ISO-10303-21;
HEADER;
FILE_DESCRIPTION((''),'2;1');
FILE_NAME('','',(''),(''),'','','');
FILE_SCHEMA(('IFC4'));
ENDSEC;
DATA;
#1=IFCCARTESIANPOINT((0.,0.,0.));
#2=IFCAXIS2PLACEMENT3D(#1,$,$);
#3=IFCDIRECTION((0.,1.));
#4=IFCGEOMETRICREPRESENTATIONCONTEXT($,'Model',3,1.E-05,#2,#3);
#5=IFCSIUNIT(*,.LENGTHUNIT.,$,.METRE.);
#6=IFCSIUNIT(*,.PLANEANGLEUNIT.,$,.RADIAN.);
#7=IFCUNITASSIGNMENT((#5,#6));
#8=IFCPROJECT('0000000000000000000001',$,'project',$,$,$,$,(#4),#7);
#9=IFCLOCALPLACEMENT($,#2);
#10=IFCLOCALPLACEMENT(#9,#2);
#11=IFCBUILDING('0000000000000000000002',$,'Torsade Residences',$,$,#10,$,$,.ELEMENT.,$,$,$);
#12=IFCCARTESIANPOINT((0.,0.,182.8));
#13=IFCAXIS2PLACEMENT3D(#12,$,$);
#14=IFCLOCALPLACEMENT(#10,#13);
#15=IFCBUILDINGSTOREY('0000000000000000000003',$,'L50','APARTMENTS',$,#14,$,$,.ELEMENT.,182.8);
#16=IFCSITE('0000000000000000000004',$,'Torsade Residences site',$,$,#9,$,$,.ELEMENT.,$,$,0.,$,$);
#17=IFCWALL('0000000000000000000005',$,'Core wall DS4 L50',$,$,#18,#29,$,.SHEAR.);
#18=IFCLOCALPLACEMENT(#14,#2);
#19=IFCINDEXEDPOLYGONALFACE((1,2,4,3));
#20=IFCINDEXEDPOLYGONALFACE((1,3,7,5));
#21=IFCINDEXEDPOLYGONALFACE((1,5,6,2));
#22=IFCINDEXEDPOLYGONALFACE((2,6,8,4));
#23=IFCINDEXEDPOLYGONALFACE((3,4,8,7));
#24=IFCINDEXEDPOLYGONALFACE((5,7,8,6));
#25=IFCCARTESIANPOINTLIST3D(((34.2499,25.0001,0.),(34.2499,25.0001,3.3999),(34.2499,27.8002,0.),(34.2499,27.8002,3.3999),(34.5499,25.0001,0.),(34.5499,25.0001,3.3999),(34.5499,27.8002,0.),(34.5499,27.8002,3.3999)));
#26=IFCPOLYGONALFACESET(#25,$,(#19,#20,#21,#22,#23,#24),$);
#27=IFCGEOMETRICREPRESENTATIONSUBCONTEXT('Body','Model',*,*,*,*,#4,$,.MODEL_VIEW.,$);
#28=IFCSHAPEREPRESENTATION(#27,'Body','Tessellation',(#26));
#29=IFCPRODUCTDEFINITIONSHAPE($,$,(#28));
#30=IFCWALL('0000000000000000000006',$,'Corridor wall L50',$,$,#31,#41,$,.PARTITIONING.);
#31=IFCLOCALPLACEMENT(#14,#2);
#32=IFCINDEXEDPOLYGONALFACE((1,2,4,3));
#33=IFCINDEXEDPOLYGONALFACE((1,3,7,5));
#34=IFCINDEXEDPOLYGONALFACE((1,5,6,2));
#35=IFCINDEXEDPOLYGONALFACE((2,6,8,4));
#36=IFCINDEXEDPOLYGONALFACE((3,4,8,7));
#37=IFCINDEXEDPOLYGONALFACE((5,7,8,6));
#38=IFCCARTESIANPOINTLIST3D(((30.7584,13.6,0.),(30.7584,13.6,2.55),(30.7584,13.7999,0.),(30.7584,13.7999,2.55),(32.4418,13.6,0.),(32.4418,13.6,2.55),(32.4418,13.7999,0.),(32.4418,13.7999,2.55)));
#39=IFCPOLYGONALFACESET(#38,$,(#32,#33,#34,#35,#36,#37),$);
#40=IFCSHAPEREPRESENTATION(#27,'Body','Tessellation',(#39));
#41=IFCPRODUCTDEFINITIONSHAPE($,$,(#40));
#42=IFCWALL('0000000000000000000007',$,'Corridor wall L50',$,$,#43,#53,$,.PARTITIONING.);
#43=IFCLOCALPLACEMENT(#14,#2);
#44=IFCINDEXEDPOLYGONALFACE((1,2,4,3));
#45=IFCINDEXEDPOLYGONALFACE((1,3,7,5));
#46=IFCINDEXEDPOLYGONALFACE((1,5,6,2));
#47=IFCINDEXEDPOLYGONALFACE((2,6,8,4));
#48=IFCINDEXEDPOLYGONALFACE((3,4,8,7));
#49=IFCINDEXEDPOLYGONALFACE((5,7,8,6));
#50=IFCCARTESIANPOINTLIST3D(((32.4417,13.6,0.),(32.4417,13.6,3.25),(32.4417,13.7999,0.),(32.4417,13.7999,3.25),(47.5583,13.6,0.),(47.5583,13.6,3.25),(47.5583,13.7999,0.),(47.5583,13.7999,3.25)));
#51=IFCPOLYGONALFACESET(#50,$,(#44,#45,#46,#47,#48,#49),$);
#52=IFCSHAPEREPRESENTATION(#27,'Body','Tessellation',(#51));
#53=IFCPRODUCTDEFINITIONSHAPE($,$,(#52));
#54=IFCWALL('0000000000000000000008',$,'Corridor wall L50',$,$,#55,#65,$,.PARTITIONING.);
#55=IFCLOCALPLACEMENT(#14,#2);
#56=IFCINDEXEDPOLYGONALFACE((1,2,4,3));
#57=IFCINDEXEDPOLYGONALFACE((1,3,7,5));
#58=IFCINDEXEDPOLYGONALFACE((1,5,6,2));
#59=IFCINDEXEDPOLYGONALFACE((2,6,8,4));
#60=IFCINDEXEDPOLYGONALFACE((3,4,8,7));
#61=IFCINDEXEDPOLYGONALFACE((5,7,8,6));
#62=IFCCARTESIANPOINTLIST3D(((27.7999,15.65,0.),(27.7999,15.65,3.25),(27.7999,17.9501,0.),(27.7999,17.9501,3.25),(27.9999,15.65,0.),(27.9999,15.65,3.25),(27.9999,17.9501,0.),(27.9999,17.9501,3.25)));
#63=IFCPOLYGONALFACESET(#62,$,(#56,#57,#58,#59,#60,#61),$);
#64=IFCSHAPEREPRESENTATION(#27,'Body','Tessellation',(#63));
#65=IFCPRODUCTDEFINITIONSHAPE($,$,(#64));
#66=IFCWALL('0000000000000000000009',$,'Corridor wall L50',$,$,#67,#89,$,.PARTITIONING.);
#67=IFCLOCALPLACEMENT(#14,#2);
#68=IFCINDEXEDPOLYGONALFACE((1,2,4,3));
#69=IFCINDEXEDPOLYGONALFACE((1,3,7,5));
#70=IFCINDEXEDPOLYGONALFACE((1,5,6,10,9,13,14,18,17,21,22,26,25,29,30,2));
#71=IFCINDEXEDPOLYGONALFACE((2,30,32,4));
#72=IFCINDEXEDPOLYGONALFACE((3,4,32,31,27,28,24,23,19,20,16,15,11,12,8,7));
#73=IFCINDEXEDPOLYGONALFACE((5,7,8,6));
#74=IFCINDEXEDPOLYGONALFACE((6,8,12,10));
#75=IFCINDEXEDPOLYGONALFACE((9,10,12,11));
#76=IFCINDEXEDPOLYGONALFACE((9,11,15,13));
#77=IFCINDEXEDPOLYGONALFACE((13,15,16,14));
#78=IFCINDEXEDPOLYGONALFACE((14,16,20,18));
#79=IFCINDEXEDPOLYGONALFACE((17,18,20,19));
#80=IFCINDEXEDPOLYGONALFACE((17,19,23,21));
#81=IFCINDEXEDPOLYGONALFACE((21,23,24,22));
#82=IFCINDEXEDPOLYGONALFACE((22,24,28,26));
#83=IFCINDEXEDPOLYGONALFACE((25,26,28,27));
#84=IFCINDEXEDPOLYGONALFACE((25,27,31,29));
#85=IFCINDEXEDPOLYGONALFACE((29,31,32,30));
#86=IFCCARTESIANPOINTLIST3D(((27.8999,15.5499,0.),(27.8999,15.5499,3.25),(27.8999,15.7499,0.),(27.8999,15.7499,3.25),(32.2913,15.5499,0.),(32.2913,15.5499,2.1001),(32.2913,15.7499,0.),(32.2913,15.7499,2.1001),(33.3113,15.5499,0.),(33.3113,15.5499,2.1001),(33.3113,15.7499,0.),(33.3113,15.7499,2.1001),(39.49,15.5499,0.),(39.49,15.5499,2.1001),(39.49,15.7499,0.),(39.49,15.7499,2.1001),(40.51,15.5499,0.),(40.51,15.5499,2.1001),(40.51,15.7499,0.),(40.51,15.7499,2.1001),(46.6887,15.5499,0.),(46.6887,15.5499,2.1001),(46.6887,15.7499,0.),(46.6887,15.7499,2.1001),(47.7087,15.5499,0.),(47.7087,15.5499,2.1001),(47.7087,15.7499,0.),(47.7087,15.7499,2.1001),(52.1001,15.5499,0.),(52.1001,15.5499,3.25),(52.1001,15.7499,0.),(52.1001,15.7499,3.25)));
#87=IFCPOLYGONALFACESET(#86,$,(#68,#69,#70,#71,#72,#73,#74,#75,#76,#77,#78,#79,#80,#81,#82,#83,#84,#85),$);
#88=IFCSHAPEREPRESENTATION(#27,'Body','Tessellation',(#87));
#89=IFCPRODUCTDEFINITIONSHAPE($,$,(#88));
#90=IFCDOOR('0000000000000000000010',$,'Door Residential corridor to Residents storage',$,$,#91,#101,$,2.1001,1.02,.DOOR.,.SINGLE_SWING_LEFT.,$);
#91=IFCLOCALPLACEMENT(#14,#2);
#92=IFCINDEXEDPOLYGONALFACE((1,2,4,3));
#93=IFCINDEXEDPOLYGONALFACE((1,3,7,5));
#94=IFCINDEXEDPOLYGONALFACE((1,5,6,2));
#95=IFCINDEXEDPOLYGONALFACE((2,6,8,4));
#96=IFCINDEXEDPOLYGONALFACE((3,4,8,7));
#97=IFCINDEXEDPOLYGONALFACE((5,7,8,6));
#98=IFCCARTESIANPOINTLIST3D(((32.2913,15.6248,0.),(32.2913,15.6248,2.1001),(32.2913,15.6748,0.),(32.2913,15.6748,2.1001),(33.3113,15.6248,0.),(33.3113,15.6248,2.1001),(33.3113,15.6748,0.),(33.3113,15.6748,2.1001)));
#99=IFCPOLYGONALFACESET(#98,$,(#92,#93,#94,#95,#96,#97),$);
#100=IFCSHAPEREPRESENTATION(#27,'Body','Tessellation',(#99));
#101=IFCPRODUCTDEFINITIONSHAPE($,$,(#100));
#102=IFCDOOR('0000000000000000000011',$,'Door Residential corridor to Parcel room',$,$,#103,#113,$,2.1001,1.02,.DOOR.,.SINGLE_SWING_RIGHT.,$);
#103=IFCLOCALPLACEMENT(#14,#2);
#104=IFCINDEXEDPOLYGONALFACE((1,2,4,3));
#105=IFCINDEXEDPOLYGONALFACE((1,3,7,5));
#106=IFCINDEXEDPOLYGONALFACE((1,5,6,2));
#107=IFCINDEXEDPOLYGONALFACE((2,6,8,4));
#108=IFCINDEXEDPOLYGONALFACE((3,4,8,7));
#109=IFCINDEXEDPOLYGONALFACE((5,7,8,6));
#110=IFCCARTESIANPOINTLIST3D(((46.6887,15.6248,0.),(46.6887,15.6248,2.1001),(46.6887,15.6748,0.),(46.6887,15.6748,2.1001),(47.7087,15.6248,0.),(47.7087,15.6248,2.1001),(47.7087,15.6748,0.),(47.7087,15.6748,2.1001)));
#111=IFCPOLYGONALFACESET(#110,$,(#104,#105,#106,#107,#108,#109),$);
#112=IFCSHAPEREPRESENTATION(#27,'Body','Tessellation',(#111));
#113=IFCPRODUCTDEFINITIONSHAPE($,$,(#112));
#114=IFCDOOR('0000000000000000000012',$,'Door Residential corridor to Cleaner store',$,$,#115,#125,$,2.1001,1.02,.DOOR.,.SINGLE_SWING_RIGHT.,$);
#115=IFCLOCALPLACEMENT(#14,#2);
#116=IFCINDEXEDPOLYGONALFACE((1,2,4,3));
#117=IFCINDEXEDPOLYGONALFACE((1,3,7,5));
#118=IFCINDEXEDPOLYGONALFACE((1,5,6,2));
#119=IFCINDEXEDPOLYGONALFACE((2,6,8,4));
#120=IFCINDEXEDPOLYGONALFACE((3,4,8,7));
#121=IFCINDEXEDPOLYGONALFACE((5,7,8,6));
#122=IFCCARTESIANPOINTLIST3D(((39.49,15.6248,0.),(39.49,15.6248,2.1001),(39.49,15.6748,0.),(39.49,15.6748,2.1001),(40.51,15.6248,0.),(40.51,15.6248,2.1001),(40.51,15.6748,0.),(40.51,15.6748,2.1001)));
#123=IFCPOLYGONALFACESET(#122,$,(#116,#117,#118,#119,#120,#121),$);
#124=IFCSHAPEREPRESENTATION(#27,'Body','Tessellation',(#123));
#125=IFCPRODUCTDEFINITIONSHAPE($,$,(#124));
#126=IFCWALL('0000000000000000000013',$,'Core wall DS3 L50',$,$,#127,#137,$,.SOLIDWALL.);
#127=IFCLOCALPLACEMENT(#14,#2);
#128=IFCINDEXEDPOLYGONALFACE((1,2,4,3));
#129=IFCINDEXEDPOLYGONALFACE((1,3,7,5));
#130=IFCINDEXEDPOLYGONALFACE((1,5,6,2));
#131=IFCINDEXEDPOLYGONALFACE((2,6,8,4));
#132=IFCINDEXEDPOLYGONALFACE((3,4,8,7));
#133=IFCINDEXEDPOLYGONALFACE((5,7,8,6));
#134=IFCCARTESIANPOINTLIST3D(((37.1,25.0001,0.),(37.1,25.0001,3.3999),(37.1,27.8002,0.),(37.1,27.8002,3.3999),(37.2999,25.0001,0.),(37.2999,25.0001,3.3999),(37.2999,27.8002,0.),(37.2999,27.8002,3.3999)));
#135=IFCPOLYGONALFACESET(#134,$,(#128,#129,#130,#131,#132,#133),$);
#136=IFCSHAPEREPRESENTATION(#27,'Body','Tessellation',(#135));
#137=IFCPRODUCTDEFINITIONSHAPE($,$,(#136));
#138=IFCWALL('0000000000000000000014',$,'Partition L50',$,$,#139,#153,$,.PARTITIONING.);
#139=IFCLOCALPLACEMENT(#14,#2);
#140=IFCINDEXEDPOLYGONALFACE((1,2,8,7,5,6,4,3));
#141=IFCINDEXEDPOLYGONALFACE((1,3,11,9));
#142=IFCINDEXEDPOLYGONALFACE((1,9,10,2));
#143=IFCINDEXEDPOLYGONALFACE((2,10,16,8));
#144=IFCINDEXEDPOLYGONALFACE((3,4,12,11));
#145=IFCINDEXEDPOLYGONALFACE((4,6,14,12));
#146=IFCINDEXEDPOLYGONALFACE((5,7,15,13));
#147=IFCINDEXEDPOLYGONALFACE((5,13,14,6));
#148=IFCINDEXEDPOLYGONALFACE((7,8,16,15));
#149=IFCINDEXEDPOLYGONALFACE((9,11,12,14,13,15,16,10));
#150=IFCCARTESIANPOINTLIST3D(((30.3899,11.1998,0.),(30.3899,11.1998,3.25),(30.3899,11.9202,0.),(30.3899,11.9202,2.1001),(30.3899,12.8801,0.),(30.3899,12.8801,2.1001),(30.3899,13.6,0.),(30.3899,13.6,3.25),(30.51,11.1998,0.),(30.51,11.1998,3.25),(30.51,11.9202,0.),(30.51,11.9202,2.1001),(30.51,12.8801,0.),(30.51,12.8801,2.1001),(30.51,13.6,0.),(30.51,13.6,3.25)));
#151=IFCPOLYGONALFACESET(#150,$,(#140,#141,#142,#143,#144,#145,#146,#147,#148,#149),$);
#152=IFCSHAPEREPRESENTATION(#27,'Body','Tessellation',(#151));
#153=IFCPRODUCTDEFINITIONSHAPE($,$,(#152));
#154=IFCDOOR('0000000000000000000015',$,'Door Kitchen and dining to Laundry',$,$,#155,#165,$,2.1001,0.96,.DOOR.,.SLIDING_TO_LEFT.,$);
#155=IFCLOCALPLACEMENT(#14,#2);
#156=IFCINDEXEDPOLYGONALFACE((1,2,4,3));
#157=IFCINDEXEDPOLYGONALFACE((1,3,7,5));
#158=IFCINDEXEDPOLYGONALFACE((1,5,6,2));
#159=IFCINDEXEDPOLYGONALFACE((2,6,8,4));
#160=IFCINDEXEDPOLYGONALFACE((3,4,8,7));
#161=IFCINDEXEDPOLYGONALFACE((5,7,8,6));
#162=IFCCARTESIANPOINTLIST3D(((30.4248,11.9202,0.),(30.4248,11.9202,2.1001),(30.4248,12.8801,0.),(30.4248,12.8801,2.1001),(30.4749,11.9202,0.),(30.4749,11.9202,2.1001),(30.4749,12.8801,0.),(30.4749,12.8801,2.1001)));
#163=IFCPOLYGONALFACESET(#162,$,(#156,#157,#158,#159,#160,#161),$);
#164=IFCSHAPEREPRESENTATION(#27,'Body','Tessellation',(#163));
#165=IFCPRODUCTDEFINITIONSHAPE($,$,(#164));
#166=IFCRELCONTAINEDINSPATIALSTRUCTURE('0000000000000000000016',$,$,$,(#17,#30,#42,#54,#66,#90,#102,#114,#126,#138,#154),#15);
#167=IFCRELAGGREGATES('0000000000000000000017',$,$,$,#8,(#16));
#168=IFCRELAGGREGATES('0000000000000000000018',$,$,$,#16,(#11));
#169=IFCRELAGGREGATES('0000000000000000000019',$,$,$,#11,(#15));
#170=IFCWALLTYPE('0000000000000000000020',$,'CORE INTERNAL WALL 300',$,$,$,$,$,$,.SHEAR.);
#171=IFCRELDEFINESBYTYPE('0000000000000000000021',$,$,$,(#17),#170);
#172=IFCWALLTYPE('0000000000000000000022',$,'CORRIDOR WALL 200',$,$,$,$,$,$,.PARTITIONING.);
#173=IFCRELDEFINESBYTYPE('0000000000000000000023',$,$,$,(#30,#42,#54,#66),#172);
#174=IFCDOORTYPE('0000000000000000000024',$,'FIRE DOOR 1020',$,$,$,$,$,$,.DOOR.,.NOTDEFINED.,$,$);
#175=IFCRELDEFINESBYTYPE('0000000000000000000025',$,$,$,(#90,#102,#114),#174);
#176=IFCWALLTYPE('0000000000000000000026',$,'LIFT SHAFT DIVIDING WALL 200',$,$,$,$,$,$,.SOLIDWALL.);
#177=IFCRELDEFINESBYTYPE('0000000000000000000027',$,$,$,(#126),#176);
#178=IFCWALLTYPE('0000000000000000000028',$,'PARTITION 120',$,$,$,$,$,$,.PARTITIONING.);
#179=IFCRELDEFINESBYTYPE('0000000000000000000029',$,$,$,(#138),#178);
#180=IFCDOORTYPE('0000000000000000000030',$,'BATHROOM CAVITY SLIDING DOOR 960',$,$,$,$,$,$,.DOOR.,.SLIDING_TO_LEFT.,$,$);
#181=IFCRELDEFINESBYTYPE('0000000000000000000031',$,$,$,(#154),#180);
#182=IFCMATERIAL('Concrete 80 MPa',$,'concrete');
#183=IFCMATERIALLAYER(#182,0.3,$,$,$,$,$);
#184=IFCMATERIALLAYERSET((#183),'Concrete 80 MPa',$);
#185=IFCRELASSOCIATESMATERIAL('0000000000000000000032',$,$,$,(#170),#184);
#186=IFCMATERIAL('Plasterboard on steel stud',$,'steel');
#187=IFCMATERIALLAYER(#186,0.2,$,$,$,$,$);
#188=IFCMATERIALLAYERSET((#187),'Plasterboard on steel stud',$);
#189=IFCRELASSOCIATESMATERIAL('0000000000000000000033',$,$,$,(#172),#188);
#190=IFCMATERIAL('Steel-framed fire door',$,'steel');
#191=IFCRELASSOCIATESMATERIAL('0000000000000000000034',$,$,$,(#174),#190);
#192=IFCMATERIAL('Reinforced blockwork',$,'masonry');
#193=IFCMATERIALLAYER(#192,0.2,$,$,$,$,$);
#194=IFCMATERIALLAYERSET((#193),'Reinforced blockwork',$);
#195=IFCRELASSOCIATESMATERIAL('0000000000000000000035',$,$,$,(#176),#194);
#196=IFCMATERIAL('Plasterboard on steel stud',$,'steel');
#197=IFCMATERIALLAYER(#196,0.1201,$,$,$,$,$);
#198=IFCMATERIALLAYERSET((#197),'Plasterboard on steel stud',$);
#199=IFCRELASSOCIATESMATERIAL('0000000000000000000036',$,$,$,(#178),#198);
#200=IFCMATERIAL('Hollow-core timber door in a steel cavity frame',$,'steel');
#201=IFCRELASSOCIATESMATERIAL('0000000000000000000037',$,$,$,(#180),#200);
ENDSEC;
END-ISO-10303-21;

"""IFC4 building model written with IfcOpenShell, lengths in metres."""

from ifc_helpers import new_model, si_unit, direction, frame, frame_2d, origin, place, context, subcontext, project, spatial, rectangle, extrude, material, layer, layer_set, type_object, element, fill, save


model = new_model("IFC4")

# Units and contexts
model_context = context("Model", 3, precision=1e-05, world=origin(), true_north=direction((0.0, 1.0)))
body_context = subcontext(model_context, "Body", "Model", "MODEL_VIEW")
ifc_project = project(units=[si_unit("LENGTHUNIT", "METRE"), si_unit("PLANEANGLEUNIT", "RADIAN")], contexts=[model_context])

# Site, building, storey
site_placement = place(None, origin())
site = spatial("IfcSite", under=ifc_project, at=site_placement, Name="Torsade Residences site", CompositionType="ELEMENT", RefElevation=0.0)
building_placement = place(site_placement, origin())
building = spatial("IfcBuilding", under=site, at=building_placement, Name="Torsade Residences", CompositionType="ELEMENT")
storey_placement = place(building_placement, frame((0.0, 0.0, 182.8)))
storey = spatial("IfcBuildingStorey", under=building, at=storey_placement, Name="L50", Description="APARTMENTS", CompositionType="ELEMENT", Elevation=182.8)

# Walls
ifc_material_1 = material(Name="Concrete 80 MPa", Category="concrete")
ifc_layer_1 = layer(ifc_material_1, 0.3)
ifc_layer_set_1 = layer_set([ifc_layer_1], Name="Concrete 80 MPa")
wall_type_1 = type_object("IfcWallType", Name="CORE INTERNAL WALL 300", PredefinedType="SHEAR", material=ifc_layer_set_1)
wall_1_placement = place(storey_placement, frame((34.3999, 27.8, 0.0), z_axis=(0.0, 0.0, 1.0), x_axis=(0.0, -1.0, 0.0)))
element("IfcWall", 1, at=wall_1_placement, inside=storey, type_object=wall_type_1, Name="Core wall DS4 L50", PredefinedType="SHEAR", context=body_context, shape_type="SweptSolid", body=[
    extrude(rectangle(XDim=2.8, YDim=0.3, at=frame_2d((1.3999, 0.0))), origin(), (0.0, 0.0, 1.0), 3.3999),
])
ifc_material_2 = material(Name="Plasterboard on steel stud", Category="steel")
ifc_layer_2 = layer(ifc_material_2, 0.2)
ifc_layer_set_2 = layer_set([ifc_layer_2], Name="Plasterboard on steel stud")
wall_type_2 = type_object("IfcWallType", Name="CORRIDOR WALL 200", PredefinedType="PARTITIONING", material=ifc_layer_set_2)
wall_2_placement = place(storey_placement, frame((30.7583, 13.7, 0.0), z_axis=(0.0, 0.0, 1.0), x_axis=(1.0, 0.0, 0.0)))
element("IfcWall", 2, at=wall_2_placement, inside=storey, type_object=wall_type_2, Name="Corridor wall L50", PredefinedType="PARTITIONING", context=body_context, shape_type="SweptSolid", body=[
    extrude(rectangle(XDim=1.6833, YDim=0.2, at=frame_2d((0.8418, 0.0))), origin(), (0.0, 0.0, 1.0), 2.55),
])
wall_3_placement = place(storey_placement, frame((32.4417, 13.7, 0.0), z_axis=(0.0, 0.0, 1.0), x_axis=(1.0, 0.0, 0.0)))
element("IfcWall", 3, at=wall_3_placement, inside=storey, type_object=wall_type_2, Name="Corridor wall L50", PredefinedType="PARTITIONING", context=body_context, shape_type="SweptSolid", body=[
    extrude(rectangle(XDim=15.1167, YDim=0.2, at=frame_2d((7.5583, 0.0))), origin(), (0.0, 0.0, 1.0), 3.25),
])
wall_4_placement = place(storey_placement, frame((27.8999, 17.95, 0.0), z_axis=(0.0, 0.0, 1.0), x_axis=(0.0, -1.0, 0.0)))
element("IfcWall", 4, at=wall_4_placement, inside=storey, type_object=wall_type_2, Name="Corridor wall L50", PredefinedType="PARTITIONING", context=body_context, shape_type="SweptSolid", body=[
    extrude(rectangle(XDim=2.3, YDim=0.2, at=frame_2d((1.1499, 0.0))), origin(), (0.0, 0.0, 1.0), 3.25),
])

# Wall, openings, doors
wall_5_placement = place(storey_placement, frame((27.8999, 15.6499, 0.0), z_axis=(0.0, 0.0, 1.0), x_axis=(1.0, 0.0, 0.0)))
wall_5 = element("IfcWall", 5, at=wall_5_placement, inside=storey, type_object=wall_type_2, Name="Corridor wall L50", PredefinedType="PARTITIONING", context=body_context, shape_type="SweptSolid", body=[
    extrude(rectangle(XDim=24.2002, YDim=0.2, at=frame_2d((12.1001, 0.0))), origin(), (0.0, 0.0, 1.0), 3.25),
])
opening_1_placement = place(wall_5_placement, frame((4.3914, 0.0, 0.0)))
opening_1 = element("IfcOpeningElement", 6, at=opening_1_placement, cuts=wall_5, PredefinedType="OPENING", context=body_context, shape_type="SweptSolid", body=[
    extrude(rectangle(XDim=1.02, YDim=2.1001, at=frame_2d((0.51, 1.05))), frame((0.0, 0.1099, 0.0), z_axis=(0.0, -1.0, 0.0), x_axis=(1.0, 0.0, 0.0)), (0.0, 0.0, 1.0), 0.22),
])
opening_2_placement = place(wall_5_placement, frame((18.7888, 0.0, 0.0)))
opening_2 = element("IfcOpeningElement", 7, at=opening_2_placement, cuts=wall_5, PredefinedType="OPENING", context=body_context, shape_type="SweptSolid", body=[
    extrude(rectangle(XDim=1.02, YDim=2.1001, at=frame_2d((0.51, 1.05))), frame((0.0, 0.1099, 0.0), z_axis=(0.0, -1.0, 0.0), x_axis=(1.0, 0.0, 0.0)), (0.0, 0.0, 1.0), 0.22),
])
opening_3_placement = place(wall_5_placement, frame((11.5901, 0.0, 0.0)))
opening_3 = element("IfcOpeningElement", 8, at=opening_3_placement, cuts=wall_5, PredefinedType="OPENING", context=body_context, shape_type="SweptSolid", body=[
    extrude(rectangle(XDim=1.02, YDim=2.1001, at=frame_2d((0.51, 1.05))), frame((0.0, 0.1099, 0.0), z_axis=(0.0, -1.0, 0.0), x_axis=(1.0, 0.0, 0.0)), (0.0, 0.0, 1.0), 0.22),
])
ifc_material_3 = material(Name="Steel-framed fire door", Category="steel")
door_type_1 = type_object("IfcDoorType", Name="FIRE DOOR 1020", OperationType="NOTDEFINED", PredefinedType="DOOR", material=ifc_material_3)
door_1_placement = place(opening_1_placement, origin())
door_1 = element("IfcDoor", 9, at=door_1_placement, inside=storey, type_object=door_type_1, Name="Door Residential corridor to Residents storage", OperationType="SINGLE_SWING_LEFT", OverallHeight=2.1001, OverallWidth=1.02, PredefinedType="DOOR", context=body_context, shape_type="SweptSolid", body=[
    extrude(rectangle(XDim=1.02, YDim=2.1001, at=frame_2d((0.51, 1.05))), frame((0.0, 0.0249, 0.0), z_axis=(0.0, -1.0, 0.0), x_axis=(1.0, 0.0, 0.0)), (0.0, 0.0, 1.0), 0.05),
])
fill(opening_1, door_1)
door_2_placement = place(opening_2_placement, origin())
door_2 = element("IfcDoor", 10, at=door_2_placement, inside=storey, type_object=door_type_1, Name="Door Residential corridor to Parcel room", OperationType="SINGLE_SWING_RIGHT", OverallHeight=2.1001, OverallWidth=1.02, PredefinedType="DOOR", context=body_context, shape_type="SweptSolid", body=[
    extrude(rectangle(XDim=1.02, YDim=2.1001, at=frame_2d((0.51, 1.05))), frame((0.0, 0.0249, 0.0), z_axis=(0.0, -1.0, 0.0), x_axis=(1.0, 0.0, 0.0)), (0.0, 0.0, 1.0), 0.05),
])
fill(opening_2, door_2)
door_3_placement = place(opening_3_placement, origin())
door_3 = element("IfcDoor", 11, at=door_3_placement, inside=storey, type_object=door_type_1, Name="Door Residential corridor to Cleaner store", OperationType="SINGLE_SWING_RIGHT", OverallHeight=2.1001, OverallWidth=1.02, PredefinedType="DOOR", context=body_context, shape_type="SweptSolid", body=[
    extrude(rectangle(XDim=1.02, YDim=2.1001, at=frame_2d((0.51, 1.05))), frame((0.0, 0.0249, 0.0), z_axis=(0.0, -1.0, 0.0), x_axis=(1.0, 0.0, 0.0)), (0.0, 0.0, 1.0), 0.05),
])
fill(opening_3, door_3)

# Wall
ifc_material_4 = material(Name="Reinforced blockwork", Category="masonry")
ifc_layer_3 = layer(ifc_material_4, 0.2)
ifc_layer_set_3 = layer_set([ifc_layer_3], Name="Reinforced blockwork")
wall_type_3 = type_object("IfcWallType", Name="LIFT SHAFT DIVIDING WALL 200", PredefinedType="SOLIDWALL", material=ifc_layer_set_3)
wall_6_placement = place(storey_placement, frame((37.2, 27.8, 0.0), z_axis=(0.0, 0.0, 1.0), x_axis=(0.0, -1.0, 0.0)))
element("IfcWall", 12, at=wall_6_placement, inside=storey, type_object=wall_type_3, Name="Core wall DS3 L50", PredefinedType="SOLIDWALL", context=body_context, shape_type="SweptSolid", body=[
    extrude(rectangle(XDim=2.8, YDim=0.2, at=frame_2d((1.3999, 0.0))), origin(), (0.0, 0.0, 1.0), 3.3999),
])

# Wall, opening, door
ifc_material_5 = material(Name="Plasterboard on steel stud", Category="steel")
ifc_layer_4 = layer(ifc_material_5, 0.1201)
ifc_layer_set_4 = layer_set([ifc_layer_4], Name="Plasterboard on steel stud")
wall_type_4 = type_object("IfcWallType", Name="PARTITION 120", PredefinedType="PARTITIONING", material=ifc_layer_set_4)
wall_7_placement = place(storey_placement, frame((30.45, 13.6001, 0.0), z_axis=(0.0, 0.0, 1.0), x_axis=(0.0, -1.0, 0.0)))
wall_7 = element("IfcWall", 13, at=wall_7_placement, inside=storey, type_object=wall_type_4, Name="Partition L50", PredefinedType="PARTITIONING", context=body_context, shape_type="SweptSolid", body=[
    extrude(rectangle(XDim=2.4001, YDim=0.1201, at=frame_2d((1.2002, 0.0))), origin(), (0.0, 0.0, 1.0), 3.25),
])
opening_4_placement = place(wall_7_placement, frame((0.72, 0.0, 0.0)))
opening_4 = element("IfcOpeningElement", 14, at=opening_4_placement, cuts=wall_7, PredefinedType="OPENING", context=body_context, shape_type="SweptSolid", body=[
    extrude(rectangle(XDim=0.96, YDim=2.1001, at=frame_2d((0.48, 1.05))), frame((0.0, 0.0701, 0.0), z_axis=(0.0, -1.0, 0.0), x_axis=(1.0, 0.0, 0.0)), (0.0, 0.0, 1.0), 0.1401),
])
ifc_material_6 = material(Name="Hollow-core timber door in a steel cavity frame", Category="steel")
door_type_2 = type_object("IfcDoorType", Name="BATHROOM CAVITY SLIDING DOOR 960", OperationType="SLIDING_TO_LEFT", PredefinedType="DOOR", material=ifc_material_6)
door_4_placement = place(opening_4_placement, origin())
door_4 = element("IfcDoor", 15, at=door_4_placement, inside=storey, type_object=door_type_2, Name="Door Kitchen and dining to Laundry", OperationType="SLIDING_TO_LEFT", OverallHeight=2.1001, OverallWidth=0.96, PredefinedType="DOOR", context=body_context, shape_type="SweptSolid", body=[
    extrude(rectangle(XDim=0.96, YDim=2.1001, at=frame_2d((0.48, 1.05))), frame((0.0, 0.0249, 0.0), z_axis=(0.0, -1.0, 0.0), x_axis=(1.0, 0.0, 0.0)), (0.0, 0.0, 1.0), 0.05),
])
fill(opening_4, door_4)

save(model, "model.ifc")
